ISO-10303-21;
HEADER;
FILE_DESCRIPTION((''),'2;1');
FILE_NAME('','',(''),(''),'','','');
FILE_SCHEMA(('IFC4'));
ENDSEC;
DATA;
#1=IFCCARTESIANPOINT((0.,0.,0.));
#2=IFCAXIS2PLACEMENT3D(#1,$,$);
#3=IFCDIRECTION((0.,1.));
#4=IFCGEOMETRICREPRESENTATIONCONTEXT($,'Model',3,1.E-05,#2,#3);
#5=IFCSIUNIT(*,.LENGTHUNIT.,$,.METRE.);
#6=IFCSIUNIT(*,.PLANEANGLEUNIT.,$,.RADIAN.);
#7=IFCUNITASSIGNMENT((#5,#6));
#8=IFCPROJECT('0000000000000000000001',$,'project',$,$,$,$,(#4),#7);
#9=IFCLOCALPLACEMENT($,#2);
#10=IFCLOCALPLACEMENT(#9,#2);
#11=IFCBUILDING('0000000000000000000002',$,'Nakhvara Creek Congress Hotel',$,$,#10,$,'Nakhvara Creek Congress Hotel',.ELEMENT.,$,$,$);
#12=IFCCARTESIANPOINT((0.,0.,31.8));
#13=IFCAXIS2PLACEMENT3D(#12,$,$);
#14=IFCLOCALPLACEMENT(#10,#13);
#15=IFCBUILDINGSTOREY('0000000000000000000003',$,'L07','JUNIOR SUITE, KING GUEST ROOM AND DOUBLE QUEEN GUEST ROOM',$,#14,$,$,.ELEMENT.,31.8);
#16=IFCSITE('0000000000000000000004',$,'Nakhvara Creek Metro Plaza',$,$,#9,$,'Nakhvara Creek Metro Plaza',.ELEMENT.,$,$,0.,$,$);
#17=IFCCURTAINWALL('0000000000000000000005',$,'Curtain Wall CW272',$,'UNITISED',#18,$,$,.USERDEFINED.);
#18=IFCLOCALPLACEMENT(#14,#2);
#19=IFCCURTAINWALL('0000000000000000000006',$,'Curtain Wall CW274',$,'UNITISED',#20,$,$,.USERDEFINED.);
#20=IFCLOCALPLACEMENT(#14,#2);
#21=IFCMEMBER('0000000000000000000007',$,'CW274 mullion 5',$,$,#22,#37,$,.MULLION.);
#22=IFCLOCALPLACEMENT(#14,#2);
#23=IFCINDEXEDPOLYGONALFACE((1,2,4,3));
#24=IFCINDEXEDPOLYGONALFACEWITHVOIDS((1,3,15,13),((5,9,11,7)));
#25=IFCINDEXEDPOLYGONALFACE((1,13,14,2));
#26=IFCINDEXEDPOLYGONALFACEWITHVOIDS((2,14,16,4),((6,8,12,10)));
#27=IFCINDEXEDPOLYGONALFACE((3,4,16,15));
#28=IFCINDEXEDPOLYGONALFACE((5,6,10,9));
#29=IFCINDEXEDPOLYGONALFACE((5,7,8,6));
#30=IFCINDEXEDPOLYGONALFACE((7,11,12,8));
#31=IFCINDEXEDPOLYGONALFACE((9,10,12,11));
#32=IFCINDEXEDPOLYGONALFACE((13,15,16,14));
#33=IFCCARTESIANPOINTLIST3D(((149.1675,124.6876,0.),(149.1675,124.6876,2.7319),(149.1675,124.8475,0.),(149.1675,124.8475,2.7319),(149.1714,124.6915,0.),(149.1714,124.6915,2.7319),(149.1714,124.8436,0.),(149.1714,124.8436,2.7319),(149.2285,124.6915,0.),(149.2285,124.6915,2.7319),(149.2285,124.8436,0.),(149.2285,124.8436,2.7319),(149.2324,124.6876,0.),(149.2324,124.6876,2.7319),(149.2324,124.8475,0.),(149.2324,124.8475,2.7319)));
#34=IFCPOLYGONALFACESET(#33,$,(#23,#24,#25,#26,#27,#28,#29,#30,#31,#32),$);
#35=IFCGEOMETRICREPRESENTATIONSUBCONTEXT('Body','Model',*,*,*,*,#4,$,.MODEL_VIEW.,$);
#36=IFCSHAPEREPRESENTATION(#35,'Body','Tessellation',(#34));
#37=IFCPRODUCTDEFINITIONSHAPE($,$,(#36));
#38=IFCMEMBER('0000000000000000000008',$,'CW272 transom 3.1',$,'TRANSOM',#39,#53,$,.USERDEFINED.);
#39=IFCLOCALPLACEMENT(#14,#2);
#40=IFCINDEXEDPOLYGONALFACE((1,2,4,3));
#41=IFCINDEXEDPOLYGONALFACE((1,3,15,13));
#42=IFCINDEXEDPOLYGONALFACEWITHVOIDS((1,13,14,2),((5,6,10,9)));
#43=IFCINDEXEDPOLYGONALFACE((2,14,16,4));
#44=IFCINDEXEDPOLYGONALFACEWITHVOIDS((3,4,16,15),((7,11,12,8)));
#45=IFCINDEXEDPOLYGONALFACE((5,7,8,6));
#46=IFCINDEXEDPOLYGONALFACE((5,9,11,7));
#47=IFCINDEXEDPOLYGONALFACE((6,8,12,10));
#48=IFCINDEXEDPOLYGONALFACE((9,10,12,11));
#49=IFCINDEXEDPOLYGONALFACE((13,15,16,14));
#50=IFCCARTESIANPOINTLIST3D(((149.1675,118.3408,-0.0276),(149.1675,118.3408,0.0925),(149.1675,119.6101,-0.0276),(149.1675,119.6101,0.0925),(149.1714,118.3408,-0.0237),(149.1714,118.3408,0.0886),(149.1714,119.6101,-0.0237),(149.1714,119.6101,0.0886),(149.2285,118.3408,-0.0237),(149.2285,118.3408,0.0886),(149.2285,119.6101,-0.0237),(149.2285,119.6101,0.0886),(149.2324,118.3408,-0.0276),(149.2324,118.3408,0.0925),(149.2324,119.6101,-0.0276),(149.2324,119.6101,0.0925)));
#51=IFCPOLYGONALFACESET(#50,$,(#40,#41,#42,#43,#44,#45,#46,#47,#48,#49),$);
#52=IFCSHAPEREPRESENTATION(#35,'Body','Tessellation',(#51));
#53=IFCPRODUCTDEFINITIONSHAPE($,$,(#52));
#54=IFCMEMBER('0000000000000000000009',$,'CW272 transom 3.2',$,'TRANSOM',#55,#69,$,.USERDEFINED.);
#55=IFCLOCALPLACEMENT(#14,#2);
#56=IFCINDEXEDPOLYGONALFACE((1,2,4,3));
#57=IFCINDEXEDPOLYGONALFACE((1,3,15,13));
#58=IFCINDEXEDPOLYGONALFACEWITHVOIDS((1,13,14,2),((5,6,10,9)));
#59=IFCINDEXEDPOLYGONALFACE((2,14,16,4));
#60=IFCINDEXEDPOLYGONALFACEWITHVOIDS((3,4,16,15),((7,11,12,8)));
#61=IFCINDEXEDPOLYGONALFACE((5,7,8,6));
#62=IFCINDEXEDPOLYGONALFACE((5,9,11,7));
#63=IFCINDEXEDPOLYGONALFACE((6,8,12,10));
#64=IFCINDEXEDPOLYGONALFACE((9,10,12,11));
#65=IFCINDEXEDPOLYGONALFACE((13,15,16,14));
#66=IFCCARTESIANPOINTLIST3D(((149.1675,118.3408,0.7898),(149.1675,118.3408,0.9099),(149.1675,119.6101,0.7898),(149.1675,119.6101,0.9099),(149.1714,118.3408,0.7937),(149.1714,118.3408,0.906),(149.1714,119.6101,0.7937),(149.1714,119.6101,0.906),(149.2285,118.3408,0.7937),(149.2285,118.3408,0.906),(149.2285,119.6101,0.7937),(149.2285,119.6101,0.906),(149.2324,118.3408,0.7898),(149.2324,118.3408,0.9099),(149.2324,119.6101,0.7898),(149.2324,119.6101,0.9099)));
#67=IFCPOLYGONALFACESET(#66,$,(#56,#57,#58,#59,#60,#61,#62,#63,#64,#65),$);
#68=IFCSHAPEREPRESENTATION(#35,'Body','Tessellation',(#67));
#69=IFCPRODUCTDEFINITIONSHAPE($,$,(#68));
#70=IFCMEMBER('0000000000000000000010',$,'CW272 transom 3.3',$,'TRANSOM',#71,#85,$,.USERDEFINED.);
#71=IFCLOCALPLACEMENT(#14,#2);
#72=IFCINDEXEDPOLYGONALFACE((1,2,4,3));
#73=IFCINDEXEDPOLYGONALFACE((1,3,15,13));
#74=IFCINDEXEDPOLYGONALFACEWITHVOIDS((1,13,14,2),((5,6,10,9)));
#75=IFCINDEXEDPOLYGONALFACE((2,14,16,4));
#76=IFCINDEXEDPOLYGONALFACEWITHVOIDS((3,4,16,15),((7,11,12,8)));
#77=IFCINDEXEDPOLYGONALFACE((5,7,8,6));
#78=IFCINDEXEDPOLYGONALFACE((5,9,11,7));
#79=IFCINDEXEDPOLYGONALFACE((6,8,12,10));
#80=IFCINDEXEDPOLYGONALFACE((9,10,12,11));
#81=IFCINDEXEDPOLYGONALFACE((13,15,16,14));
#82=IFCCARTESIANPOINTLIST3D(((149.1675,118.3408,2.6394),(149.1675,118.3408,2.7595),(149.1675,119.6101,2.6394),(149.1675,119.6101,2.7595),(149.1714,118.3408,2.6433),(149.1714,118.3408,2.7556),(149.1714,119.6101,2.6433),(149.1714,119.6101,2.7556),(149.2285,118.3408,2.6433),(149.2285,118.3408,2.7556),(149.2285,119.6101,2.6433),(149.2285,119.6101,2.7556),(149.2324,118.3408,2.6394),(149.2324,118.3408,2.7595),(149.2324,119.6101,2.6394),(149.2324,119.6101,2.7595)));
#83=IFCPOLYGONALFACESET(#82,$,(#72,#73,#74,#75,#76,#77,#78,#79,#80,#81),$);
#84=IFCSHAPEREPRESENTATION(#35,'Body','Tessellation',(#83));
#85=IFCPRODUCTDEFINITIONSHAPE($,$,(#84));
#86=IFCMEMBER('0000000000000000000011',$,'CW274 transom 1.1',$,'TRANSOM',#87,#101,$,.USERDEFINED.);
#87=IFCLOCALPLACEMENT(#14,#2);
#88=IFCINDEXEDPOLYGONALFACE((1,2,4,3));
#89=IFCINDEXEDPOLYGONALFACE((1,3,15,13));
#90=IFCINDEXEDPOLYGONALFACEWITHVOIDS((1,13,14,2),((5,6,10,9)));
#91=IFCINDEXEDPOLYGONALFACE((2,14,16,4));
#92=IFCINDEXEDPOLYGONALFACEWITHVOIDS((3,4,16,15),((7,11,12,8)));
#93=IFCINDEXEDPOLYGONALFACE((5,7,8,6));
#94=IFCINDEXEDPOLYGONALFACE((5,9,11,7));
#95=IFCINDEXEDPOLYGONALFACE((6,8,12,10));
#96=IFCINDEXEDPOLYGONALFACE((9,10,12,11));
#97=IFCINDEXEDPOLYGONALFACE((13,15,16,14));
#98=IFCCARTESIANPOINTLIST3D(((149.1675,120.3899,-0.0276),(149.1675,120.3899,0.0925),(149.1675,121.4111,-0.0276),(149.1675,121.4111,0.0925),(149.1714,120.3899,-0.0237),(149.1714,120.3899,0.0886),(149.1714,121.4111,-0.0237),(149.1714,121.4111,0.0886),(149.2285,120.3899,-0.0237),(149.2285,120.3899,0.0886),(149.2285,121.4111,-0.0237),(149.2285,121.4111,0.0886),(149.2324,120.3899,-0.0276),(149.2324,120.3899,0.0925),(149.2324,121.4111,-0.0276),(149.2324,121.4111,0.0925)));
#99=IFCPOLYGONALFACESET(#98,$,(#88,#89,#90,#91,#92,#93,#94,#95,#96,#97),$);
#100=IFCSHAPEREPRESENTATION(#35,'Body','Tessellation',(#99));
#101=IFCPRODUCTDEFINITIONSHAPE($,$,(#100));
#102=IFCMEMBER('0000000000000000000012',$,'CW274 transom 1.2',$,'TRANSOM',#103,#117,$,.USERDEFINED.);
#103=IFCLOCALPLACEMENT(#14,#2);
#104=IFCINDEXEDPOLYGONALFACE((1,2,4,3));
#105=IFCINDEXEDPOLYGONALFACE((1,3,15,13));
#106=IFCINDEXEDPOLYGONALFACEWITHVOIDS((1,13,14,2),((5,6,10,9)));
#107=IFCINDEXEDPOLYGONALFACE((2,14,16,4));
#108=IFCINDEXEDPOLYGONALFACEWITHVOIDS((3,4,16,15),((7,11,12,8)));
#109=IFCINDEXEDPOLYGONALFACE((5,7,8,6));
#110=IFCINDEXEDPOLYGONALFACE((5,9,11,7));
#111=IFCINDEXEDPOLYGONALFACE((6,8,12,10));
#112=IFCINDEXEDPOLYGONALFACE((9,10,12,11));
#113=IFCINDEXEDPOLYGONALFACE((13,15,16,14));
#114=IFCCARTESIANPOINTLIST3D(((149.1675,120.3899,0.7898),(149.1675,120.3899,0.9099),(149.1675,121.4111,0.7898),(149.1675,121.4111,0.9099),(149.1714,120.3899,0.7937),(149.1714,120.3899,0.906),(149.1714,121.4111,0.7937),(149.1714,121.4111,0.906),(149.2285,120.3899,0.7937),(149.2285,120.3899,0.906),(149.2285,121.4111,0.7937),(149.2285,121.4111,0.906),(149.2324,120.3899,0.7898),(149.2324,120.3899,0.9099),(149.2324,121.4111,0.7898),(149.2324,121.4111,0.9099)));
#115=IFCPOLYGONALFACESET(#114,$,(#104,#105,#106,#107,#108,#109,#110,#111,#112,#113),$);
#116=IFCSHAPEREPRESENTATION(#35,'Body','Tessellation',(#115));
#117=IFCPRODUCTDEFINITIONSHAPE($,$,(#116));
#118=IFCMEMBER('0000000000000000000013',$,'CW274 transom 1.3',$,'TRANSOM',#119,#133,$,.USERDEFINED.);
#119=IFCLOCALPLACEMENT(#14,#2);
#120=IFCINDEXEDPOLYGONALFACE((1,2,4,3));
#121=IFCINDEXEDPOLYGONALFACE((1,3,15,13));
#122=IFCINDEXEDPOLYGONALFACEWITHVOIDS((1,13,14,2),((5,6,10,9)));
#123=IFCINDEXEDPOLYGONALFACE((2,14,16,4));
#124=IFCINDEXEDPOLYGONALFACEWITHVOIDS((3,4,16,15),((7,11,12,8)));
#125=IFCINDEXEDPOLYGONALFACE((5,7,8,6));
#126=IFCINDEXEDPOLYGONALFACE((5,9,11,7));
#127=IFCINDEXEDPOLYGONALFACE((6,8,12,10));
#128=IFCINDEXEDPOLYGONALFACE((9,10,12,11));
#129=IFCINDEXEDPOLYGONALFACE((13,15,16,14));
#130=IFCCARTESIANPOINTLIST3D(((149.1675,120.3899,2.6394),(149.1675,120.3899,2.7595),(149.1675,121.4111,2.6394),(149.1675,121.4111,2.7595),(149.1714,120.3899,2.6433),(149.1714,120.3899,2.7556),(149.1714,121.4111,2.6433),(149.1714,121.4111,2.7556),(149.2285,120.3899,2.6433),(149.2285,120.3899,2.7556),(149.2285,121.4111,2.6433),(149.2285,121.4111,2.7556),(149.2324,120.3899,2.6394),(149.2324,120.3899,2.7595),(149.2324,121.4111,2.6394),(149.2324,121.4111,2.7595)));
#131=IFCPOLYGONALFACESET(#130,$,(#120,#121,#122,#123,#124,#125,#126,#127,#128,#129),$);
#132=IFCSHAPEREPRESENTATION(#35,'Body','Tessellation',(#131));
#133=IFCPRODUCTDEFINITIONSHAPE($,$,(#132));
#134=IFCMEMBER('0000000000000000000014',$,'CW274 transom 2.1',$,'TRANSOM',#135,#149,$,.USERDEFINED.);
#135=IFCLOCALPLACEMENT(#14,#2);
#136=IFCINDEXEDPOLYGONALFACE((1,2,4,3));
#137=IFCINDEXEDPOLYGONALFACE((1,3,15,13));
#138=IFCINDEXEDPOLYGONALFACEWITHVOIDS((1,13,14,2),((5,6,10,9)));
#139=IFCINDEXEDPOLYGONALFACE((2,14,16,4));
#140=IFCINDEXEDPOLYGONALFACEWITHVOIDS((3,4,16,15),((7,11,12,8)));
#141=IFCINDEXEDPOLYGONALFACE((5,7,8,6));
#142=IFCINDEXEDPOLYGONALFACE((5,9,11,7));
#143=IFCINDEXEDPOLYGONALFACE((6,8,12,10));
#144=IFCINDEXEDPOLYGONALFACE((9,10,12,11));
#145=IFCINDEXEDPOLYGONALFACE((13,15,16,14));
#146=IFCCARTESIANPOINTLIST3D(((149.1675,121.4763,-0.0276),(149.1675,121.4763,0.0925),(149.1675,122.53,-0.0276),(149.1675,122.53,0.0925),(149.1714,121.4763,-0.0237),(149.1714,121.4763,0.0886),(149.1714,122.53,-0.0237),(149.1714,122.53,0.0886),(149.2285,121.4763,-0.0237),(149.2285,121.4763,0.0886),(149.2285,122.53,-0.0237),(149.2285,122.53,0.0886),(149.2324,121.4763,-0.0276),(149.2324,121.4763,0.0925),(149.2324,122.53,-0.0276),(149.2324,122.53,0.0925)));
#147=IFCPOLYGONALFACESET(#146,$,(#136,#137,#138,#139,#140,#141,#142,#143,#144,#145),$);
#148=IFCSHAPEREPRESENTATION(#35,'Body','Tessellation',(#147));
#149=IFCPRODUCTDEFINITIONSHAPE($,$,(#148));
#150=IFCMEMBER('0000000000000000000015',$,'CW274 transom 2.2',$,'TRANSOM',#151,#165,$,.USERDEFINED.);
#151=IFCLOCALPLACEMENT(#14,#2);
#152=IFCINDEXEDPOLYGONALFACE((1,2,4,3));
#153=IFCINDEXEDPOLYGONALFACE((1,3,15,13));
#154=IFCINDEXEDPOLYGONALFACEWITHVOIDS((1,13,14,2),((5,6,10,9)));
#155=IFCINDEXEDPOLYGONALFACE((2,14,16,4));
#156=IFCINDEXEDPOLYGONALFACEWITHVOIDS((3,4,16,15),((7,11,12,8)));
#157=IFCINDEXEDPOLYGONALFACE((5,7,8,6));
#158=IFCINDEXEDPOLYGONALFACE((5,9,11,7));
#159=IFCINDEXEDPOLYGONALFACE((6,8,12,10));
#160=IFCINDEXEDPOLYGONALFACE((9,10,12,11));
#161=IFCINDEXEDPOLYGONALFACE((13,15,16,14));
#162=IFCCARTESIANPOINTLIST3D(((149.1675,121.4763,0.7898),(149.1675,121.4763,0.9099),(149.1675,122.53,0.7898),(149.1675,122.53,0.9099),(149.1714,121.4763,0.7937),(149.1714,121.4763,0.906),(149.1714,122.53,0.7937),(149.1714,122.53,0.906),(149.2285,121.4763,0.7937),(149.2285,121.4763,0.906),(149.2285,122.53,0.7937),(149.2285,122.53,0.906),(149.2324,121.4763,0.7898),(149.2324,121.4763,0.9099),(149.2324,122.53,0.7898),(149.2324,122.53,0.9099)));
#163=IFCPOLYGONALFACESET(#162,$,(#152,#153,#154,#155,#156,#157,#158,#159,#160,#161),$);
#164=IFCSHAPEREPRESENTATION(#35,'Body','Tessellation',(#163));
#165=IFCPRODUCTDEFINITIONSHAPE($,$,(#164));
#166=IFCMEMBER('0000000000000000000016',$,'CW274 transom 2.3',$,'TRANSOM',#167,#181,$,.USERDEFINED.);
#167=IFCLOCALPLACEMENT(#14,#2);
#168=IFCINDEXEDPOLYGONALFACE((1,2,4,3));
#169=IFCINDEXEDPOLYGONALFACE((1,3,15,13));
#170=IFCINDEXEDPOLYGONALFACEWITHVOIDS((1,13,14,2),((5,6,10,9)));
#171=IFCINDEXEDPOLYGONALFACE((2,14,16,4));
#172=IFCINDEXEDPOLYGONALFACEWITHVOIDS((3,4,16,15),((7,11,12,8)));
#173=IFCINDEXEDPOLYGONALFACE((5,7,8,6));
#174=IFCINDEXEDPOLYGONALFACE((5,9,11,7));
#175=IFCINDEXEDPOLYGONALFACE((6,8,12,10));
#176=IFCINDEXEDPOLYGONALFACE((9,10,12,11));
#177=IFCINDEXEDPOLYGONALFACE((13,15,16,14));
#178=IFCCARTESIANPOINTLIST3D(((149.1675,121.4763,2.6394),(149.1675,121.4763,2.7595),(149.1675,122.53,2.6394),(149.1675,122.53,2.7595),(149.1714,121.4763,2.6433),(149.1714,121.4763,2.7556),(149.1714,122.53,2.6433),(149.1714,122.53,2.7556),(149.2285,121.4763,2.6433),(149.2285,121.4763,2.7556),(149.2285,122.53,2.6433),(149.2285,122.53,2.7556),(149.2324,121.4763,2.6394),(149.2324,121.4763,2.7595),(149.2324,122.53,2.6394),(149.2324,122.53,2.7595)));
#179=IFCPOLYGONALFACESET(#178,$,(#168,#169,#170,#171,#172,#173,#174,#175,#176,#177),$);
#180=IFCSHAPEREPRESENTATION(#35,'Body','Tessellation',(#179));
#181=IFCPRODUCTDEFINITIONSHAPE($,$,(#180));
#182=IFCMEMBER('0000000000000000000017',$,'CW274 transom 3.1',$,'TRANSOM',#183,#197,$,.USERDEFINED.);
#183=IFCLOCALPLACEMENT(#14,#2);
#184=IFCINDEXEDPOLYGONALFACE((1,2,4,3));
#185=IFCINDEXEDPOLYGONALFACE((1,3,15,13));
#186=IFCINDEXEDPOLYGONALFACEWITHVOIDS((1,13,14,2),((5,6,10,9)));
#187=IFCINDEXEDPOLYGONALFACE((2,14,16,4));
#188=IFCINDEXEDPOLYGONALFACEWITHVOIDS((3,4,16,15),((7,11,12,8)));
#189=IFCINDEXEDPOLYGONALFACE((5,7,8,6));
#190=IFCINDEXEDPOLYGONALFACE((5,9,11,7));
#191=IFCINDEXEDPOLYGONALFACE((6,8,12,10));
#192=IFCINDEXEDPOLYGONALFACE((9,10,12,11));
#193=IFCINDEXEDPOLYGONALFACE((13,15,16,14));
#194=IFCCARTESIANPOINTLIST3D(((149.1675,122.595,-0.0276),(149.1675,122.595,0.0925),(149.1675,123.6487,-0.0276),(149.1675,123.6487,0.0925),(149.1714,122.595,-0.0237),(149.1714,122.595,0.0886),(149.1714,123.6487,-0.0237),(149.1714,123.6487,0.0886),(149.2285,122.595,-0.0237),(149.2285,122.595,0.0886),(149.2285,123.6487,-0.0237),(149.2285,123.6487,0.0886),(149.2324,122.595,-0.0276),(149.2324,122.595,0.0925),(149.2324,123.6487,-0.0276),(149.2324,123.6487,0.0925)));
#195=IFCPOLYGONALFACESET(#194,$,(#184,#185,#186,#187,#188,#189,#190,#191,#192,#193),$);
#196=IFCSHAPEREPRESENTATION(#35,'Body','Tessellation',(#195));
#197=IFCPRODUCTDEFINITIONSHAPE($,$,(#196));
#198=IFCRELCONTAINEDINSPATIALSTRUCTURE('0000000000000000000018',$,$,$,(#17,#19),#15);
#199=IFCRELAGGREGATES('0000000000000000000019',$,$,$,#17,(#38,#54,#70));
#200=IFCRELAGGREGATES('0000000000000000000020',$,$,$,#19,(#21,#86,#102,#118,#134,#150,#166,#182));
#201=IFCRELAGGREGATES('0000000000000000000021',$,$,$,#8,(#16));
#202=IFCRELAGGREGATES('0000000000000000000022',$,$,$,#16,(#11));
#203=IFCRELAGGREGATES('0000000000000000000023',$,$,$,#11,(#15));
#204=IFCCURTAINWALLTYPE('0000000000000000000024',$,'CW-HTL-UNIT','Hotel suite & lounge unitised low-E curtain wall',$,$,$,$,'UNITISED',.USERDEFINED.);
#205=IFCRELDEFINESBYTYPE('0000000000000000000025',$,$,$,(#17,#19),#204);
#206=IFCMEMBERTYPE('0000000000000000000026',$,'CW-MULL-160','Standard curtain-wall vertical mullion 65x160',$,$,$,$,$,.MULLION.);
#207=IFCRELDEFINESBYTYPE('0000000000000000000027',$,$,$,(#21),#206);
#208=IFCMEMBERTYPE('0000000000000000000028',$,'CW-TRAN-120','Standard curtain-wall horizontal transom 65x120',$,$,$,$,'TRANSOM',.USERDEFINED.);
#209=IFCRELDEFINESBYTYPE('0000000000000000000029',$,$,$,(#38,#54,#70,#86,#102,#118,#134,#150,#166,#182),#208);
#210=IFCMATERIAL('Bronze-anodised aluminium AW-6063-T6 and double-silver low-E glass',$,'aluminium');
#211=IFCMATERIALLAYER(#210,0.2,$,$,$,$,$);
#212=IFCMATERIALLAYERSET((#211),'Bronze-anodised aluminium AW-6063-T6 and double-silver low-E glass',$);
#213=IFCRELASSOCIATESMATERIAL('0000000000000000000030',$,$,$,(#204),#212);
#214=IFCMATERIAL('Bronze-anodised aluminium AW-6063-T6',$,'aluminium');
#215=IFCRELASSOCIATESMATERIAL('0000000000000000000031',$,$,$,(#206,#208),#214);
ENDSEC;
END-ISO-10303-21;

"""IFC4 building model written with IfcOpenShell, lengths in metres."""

from ifc_helpers import new_model, si_unit, direction, frame, origin, origin_2d, place, context, subcontext, project, spatial, hollow_rectangle, extrude, material, layer, layer_set, material_profile, profile_set, type_object, element, aggregate, save


model = new_model("IFC4")

# Units and contexts
model_context = context("Model", 3, precision=1e-05, world=origin(), true_north=direction((0.0, 1.0)))
body_context = subcontext(model_context, "Body", "Model", "MODEL_VIEW")
ifc_project = project(units=[si_unit("LENGTHUNIT", "METRE"), si_unit("PLANEANGLEUNIT", "RADIAN")], contexts=[model_context])

# Site, building, storey
site_placement = place(None, origin())
site = spatial("IfcSite", under=ifc_project, at=site_placement, Name="Nakhvara Creek Metro Plaza", LongName="Nakhvara Creek Metro Plaza", CompositionType="ELEMENT", RefElevation=0.0)
building_placement = place(site_placement, origin())
building = spatial("IfcBuilding", under=site, at=building_placement, Name="Nakhvara Creek Congress Hotel", LongName="Nakhvara Creek Congress Hotel", CompositionType="ELEMENT")
storey_placement = place(building_placement, frame((0.0, 0.0, 31.8)))
storey = spatial("IfcBuildingStorey", under=building, at=storey_placement, Name="L07", Description="JUNIOR SUITE, KING GUEST ROOM AND DOUBLE QUEEN GUEST ROOM", CompositionType="ELEMENT", Elevation=31.8)

# Curtain walls, member
ifc_material_1 = material(Name="Bronze-anodised aluminium AW-6063-T6 and double-silver low-E glass", Category="aluminium")
ifc_layer = layer(ifc_material_1, 0.2)
ifc_layer_set = layer_set([ifc_layer], Name="Bronze-anodised aluminium AW-6063-T6 and double-silver low-E glass")
curtain_wall_type = type_object("IfcCurtainWallType", Name="CW-HTL-UNIT", Description="Hotel suite & lounge unitised low-E curtain wall", ElementType="UNITISED", PredefinedType="USERDEFINED", material=ifc_layer_set)
curtain_wall_1_placement = place(storey_placement, origin())
curtain_wall_1 = element("IfcCurtainWall", 1, at=curtain_wall_1_placement, inside=storey, type_object=curtain_wall_type, Name="Curtain Wall CW272", ObjectType="UNITISED", PredefinedType="USERDEFINED")
ifc_material_2 = material(Name="Bronze-anodised aluminium AW-6063-T6", Category="aluminium")
ifc_material_profile_1 = material_profile(ifc_material_2, hollow_rectangle(XDim=0.0649, YDim=0.1599, WallThickness=0.0039, at=origin_2d()), Name="ALU-MULL 65x160x4", Category="LoadBearing")
ifc_profile_set_1 = profile_set([ifc_material_profile_1], Name="Bronze-anodised aluminium AW-6063-T6")
member_type_1 = type_object("IfcMemberType", Name="CW-MULL-160", Description="Standard curtain-wall vertical mullion 65x160", PredefinedType="MULLION", material=ifc_profile_set_1)
curtain_wall_2_placement = place(storey_placement, origin())
curtain_wall_2 = element("IfcCurtainWall", 2, at=curtain_wall_2_placement, inside=storey, type_object=curtain_wall_type, Name="Curtain Wall CW274", ObjectType="UNITISED", PredefinedType="USERDEFINED")
member_1_placement = place(storey_placement, frame((149.2, 124.7676, 0.0), z_axis=(0.0, 0.0, 1.0), x_axis=(-1.0, 0.0, 0.0)))
member_1 = element("IfcMember", 3, at=member_1_placement, type_object=member_type_1, Name="CW274 mullion 5", PredefinedType="MULLION", context=body_context, shape_type="SweptSolid", body=[
    extrude(hollow_rectangle(XDim=0.0649, YDim=0.1599, WallThickness=0.0039, at=origin_2d()), origin(), (0.0, 0.0, 1.0), 2.7319),
])

# Members
ifc_material_profile_2 = material_profile(ifc_material_2, hollow_rectangle(XDim=0.0649, YDim=0.1201, WallThickness=0.0039, at=origin_2d()), Name="ALU-TRAN 65x120x4", Category="LoadBearing")
ifc_profile_set_2 = profile_set([ifc_material_profile_2], Name="Bronze-anodised aluminium AW-6063-T6")
member_type_2 = type_object("IfcMemberType", Name="CW-TRAN-120", Description="Standard curtain-wall horizontal transom 65x120", ElementType="TRANSOM", PredefinedType="USERDEFINED", material=ifc_profile_set_2)
member_2_placement = place(storey_placement, frame((149.2, 118.3408, 0.0325), z_axis=(0.0, 1.0, 0.0), x_axis=(-1.0, 0.0, 0.0)))
member_2 = element("IfcMember", 4, at=member_2_placement, type_object=member_type_2, Name="CW272 transom 3.1", ObjectType="TRANSOM", PredefinedType="USERDEFINED", context=body_context, shape_type="SweptSolid", body=[
    extrude(hollow_rectangle(XDim=0.0649, YDim=0.1201, WallThickness=0.0039, at=origin_2d()), origin(), (0.0, 0.0, 1.0), 1.2693),
])
member_3_placement = place(storey_placement, frame((149.2, 118.3408, 0.8499), z_axis=(0.0, 1.0, 0.0), x_axis=(-1.0, 0.0, 0.0)))
member_3 = element("IfcMember", 5, at=member_3_placement, type_object=member_type_2, Name="CW272 transom 3.2", ObjectType="TRANSOM", PredefinedType="USERDEFINED", context=body_context, shape_type="SweptSolid", body=[
    extrude(hollow_rectangle(XDim=0.0649, YDim=0.1201, WallThickness=0.0039, at=origin_2d()), origin(), (0.0, 0.0, 1.0), 1.2693),
])
member_4_placement = place(storey_placement, frame((149.2, 118.3408, 2.6995), z_axis=(0.0, 1.0, 0.0), x_axis=(-1.0, 0.0, 0.0)))
member_4 = element("IfcMember", 6, at=member_4_placement, type_object=member_type_2, Name="CW272 transom 3.3", ObjectType="TRANSOM", PredefinedType="USERDEFINED", context=body_context, shape_type="SweptSolid", body=[
    extrude(hollow_rectangle(XDim=0.0649, YDim=0.1201, WallThickness=0.0039, at=origin_2d()), origin(), (0.0, 0.0, 1.0), 1.2693),
])
member_5_placement = place(storey_placement, frame((149.2, 120.3899, 0.0325), z_axis=(0.0, 1.0, 0.0), x_axis=(-1.0, 0.0, 0.0)))
member_5 = element("IfcMember", 7, at=member_5_placement, type_object=member_type_2, Name="CW274 transom 1.1", ObjectType="TRANSOM", PredefinedType="USERDEFINED", context=body_context, shape_type="SweptSolid", body=[
    extrude(hollow_rectangle(XDim=0.0649, YDim=0.1201, WallThickness=0.0039, at=origin_2d()), origin(), (0.0, 0.0, 1.0), 1.0212),
])
member_6_placement = place(storey_placement, frame((149.2, 120.3899, 0.8499), z_axis=(0.0, 1.0, 0.0), x_axis=(-1.0, 0.0, 0.0)))
member_6 = element("IfcMember", 8, at=member_6_placement, type_object=member_type_2, Name="CW274 transom 1.2", ObjectType="TRANSOM", PredefinedType="USERDEFINED", context=body_context, shape_type="SweptSolid", body=[
    extrude(hollow_rectangle(XDim=0.0649, YDim=0.1201, WallThickness=0.0039, at=origin_2d()), origin(), (0.0, 0.0, 1.0), 1.0212),
])
member_7_placement = place(storey_placement, frame((149.2, 120.3899, 2.6995), z_axis=(0.0, 1.0, 0.0), x_axis=(-1.0, 0.0, 0.0)))
member_7 = element("IfcMember", 9, at=member_7_placement, type_object=member_type_2, Name="CW274 transom 1.3", ObjectType="TRANSOM", PredefinedType="USERDEFINED", context=body_context, shape_type="SweptSolid", body=[
    extrude(hollow_rectangle(XDim=0.0649, YDim=0.1201, WallThickness=0.0039, at=origin_2d()), origin(), (0.0, 0.0, 1.0), 1.0212),
])
member_8_placement = place(storey_placement, frame((149.2, 121.4763, 0.0325), z_axis=(0.0, 1.0, 0.0), x_axis=(-1.0, 0.0, 0.0)))
member_8 = element("IfcMember", 10, at=member_8_placement, type_object=member_type_2, Name="CW274 transom 2.1", ObjectType="TRANSOM", PredefinedType="USERDEFINED", context=body_context, shape_type="SweptSolid", body=[
    extrude(hollow_rectangle(XDim=0.0649, YDim=0.1201, WallThickness=0.0039, at=origin_2d()), origin(), (0.0, 0.0, 1.0), 1.0537),
])
member_9_placement = place(storey_placement, frame((149.2, 121.4763, 0.8499), z_axis=(0.0, 1.0, 0.0), x_axis=(-1.0, 0.0, 0.0)))
member_9 = element("IfcMember", 11, at=member_9_placement, type_object=member_type_2, Name="CW274 transom 2.2", ObjectType="TRANSOM", PredefinedType="USERDEFINED", context=body_context, shape_type="SweptSolid", body=[
    extrude(hollow_rectangle(XDim=0.0649, YDim=0.1201, WallThickness=0.0039, at=origin_2d()), origin(), (0.0, 0.0, 1.0), 1.0537),
])
member_10_placement = place(storey_placement, frame((149.2, 121.4763, 2.6995), z_axis=(0.0, 1.0, 0.0), x_axis=(-1.0, 0.0, 0.0)))
member_10 = element("IfcMember", 12, at=member_10_placement, type_object=member_type_2, Name="CW274 transom 2.3", ObjectType="TRANSOM", PredefinedType="USERDEFINED", context=body_context, shape_type="SweptSolid", body=[
    extrude(hollow_rectangle(XDim=0.0649, YDim=0.1201, WallThickness=0.0039, at=origin_2d()), origin(), (0.0, 0.0, 1.0), 1.0537),
])
member_11_placement = place(storey_placement, frame((149.2, 122.595, 0.0325), z_axis=(0.0, 1.0, 0.0), x_axis=(-1.0, 0.0, 0.0)))
member_11 = element("IfcMember", 13, at=member_11_placement, type_object=member_type_2, Name="CW274 transom 3.1", ObjectType="TRANSOM", PredefinedType="USERDEFINED", context=body_context, shape_type="SweptSolid", body=[
    extrude(hollow_rectangle(XDim=0.0649, YDim=0.1201, WallThickness=0.0039, at=origin_2d()), origin(), (0.0, 0.0, 1.0), 1.0537),
])

aggregate(curtain_wall_1, [member_2, member_3, member_4])
aggregate(curtain_wall_2, [member_1, member_5, member_6, member_7, member_8, member_9, member_10, member_11])

save(model, "model.ifc")
